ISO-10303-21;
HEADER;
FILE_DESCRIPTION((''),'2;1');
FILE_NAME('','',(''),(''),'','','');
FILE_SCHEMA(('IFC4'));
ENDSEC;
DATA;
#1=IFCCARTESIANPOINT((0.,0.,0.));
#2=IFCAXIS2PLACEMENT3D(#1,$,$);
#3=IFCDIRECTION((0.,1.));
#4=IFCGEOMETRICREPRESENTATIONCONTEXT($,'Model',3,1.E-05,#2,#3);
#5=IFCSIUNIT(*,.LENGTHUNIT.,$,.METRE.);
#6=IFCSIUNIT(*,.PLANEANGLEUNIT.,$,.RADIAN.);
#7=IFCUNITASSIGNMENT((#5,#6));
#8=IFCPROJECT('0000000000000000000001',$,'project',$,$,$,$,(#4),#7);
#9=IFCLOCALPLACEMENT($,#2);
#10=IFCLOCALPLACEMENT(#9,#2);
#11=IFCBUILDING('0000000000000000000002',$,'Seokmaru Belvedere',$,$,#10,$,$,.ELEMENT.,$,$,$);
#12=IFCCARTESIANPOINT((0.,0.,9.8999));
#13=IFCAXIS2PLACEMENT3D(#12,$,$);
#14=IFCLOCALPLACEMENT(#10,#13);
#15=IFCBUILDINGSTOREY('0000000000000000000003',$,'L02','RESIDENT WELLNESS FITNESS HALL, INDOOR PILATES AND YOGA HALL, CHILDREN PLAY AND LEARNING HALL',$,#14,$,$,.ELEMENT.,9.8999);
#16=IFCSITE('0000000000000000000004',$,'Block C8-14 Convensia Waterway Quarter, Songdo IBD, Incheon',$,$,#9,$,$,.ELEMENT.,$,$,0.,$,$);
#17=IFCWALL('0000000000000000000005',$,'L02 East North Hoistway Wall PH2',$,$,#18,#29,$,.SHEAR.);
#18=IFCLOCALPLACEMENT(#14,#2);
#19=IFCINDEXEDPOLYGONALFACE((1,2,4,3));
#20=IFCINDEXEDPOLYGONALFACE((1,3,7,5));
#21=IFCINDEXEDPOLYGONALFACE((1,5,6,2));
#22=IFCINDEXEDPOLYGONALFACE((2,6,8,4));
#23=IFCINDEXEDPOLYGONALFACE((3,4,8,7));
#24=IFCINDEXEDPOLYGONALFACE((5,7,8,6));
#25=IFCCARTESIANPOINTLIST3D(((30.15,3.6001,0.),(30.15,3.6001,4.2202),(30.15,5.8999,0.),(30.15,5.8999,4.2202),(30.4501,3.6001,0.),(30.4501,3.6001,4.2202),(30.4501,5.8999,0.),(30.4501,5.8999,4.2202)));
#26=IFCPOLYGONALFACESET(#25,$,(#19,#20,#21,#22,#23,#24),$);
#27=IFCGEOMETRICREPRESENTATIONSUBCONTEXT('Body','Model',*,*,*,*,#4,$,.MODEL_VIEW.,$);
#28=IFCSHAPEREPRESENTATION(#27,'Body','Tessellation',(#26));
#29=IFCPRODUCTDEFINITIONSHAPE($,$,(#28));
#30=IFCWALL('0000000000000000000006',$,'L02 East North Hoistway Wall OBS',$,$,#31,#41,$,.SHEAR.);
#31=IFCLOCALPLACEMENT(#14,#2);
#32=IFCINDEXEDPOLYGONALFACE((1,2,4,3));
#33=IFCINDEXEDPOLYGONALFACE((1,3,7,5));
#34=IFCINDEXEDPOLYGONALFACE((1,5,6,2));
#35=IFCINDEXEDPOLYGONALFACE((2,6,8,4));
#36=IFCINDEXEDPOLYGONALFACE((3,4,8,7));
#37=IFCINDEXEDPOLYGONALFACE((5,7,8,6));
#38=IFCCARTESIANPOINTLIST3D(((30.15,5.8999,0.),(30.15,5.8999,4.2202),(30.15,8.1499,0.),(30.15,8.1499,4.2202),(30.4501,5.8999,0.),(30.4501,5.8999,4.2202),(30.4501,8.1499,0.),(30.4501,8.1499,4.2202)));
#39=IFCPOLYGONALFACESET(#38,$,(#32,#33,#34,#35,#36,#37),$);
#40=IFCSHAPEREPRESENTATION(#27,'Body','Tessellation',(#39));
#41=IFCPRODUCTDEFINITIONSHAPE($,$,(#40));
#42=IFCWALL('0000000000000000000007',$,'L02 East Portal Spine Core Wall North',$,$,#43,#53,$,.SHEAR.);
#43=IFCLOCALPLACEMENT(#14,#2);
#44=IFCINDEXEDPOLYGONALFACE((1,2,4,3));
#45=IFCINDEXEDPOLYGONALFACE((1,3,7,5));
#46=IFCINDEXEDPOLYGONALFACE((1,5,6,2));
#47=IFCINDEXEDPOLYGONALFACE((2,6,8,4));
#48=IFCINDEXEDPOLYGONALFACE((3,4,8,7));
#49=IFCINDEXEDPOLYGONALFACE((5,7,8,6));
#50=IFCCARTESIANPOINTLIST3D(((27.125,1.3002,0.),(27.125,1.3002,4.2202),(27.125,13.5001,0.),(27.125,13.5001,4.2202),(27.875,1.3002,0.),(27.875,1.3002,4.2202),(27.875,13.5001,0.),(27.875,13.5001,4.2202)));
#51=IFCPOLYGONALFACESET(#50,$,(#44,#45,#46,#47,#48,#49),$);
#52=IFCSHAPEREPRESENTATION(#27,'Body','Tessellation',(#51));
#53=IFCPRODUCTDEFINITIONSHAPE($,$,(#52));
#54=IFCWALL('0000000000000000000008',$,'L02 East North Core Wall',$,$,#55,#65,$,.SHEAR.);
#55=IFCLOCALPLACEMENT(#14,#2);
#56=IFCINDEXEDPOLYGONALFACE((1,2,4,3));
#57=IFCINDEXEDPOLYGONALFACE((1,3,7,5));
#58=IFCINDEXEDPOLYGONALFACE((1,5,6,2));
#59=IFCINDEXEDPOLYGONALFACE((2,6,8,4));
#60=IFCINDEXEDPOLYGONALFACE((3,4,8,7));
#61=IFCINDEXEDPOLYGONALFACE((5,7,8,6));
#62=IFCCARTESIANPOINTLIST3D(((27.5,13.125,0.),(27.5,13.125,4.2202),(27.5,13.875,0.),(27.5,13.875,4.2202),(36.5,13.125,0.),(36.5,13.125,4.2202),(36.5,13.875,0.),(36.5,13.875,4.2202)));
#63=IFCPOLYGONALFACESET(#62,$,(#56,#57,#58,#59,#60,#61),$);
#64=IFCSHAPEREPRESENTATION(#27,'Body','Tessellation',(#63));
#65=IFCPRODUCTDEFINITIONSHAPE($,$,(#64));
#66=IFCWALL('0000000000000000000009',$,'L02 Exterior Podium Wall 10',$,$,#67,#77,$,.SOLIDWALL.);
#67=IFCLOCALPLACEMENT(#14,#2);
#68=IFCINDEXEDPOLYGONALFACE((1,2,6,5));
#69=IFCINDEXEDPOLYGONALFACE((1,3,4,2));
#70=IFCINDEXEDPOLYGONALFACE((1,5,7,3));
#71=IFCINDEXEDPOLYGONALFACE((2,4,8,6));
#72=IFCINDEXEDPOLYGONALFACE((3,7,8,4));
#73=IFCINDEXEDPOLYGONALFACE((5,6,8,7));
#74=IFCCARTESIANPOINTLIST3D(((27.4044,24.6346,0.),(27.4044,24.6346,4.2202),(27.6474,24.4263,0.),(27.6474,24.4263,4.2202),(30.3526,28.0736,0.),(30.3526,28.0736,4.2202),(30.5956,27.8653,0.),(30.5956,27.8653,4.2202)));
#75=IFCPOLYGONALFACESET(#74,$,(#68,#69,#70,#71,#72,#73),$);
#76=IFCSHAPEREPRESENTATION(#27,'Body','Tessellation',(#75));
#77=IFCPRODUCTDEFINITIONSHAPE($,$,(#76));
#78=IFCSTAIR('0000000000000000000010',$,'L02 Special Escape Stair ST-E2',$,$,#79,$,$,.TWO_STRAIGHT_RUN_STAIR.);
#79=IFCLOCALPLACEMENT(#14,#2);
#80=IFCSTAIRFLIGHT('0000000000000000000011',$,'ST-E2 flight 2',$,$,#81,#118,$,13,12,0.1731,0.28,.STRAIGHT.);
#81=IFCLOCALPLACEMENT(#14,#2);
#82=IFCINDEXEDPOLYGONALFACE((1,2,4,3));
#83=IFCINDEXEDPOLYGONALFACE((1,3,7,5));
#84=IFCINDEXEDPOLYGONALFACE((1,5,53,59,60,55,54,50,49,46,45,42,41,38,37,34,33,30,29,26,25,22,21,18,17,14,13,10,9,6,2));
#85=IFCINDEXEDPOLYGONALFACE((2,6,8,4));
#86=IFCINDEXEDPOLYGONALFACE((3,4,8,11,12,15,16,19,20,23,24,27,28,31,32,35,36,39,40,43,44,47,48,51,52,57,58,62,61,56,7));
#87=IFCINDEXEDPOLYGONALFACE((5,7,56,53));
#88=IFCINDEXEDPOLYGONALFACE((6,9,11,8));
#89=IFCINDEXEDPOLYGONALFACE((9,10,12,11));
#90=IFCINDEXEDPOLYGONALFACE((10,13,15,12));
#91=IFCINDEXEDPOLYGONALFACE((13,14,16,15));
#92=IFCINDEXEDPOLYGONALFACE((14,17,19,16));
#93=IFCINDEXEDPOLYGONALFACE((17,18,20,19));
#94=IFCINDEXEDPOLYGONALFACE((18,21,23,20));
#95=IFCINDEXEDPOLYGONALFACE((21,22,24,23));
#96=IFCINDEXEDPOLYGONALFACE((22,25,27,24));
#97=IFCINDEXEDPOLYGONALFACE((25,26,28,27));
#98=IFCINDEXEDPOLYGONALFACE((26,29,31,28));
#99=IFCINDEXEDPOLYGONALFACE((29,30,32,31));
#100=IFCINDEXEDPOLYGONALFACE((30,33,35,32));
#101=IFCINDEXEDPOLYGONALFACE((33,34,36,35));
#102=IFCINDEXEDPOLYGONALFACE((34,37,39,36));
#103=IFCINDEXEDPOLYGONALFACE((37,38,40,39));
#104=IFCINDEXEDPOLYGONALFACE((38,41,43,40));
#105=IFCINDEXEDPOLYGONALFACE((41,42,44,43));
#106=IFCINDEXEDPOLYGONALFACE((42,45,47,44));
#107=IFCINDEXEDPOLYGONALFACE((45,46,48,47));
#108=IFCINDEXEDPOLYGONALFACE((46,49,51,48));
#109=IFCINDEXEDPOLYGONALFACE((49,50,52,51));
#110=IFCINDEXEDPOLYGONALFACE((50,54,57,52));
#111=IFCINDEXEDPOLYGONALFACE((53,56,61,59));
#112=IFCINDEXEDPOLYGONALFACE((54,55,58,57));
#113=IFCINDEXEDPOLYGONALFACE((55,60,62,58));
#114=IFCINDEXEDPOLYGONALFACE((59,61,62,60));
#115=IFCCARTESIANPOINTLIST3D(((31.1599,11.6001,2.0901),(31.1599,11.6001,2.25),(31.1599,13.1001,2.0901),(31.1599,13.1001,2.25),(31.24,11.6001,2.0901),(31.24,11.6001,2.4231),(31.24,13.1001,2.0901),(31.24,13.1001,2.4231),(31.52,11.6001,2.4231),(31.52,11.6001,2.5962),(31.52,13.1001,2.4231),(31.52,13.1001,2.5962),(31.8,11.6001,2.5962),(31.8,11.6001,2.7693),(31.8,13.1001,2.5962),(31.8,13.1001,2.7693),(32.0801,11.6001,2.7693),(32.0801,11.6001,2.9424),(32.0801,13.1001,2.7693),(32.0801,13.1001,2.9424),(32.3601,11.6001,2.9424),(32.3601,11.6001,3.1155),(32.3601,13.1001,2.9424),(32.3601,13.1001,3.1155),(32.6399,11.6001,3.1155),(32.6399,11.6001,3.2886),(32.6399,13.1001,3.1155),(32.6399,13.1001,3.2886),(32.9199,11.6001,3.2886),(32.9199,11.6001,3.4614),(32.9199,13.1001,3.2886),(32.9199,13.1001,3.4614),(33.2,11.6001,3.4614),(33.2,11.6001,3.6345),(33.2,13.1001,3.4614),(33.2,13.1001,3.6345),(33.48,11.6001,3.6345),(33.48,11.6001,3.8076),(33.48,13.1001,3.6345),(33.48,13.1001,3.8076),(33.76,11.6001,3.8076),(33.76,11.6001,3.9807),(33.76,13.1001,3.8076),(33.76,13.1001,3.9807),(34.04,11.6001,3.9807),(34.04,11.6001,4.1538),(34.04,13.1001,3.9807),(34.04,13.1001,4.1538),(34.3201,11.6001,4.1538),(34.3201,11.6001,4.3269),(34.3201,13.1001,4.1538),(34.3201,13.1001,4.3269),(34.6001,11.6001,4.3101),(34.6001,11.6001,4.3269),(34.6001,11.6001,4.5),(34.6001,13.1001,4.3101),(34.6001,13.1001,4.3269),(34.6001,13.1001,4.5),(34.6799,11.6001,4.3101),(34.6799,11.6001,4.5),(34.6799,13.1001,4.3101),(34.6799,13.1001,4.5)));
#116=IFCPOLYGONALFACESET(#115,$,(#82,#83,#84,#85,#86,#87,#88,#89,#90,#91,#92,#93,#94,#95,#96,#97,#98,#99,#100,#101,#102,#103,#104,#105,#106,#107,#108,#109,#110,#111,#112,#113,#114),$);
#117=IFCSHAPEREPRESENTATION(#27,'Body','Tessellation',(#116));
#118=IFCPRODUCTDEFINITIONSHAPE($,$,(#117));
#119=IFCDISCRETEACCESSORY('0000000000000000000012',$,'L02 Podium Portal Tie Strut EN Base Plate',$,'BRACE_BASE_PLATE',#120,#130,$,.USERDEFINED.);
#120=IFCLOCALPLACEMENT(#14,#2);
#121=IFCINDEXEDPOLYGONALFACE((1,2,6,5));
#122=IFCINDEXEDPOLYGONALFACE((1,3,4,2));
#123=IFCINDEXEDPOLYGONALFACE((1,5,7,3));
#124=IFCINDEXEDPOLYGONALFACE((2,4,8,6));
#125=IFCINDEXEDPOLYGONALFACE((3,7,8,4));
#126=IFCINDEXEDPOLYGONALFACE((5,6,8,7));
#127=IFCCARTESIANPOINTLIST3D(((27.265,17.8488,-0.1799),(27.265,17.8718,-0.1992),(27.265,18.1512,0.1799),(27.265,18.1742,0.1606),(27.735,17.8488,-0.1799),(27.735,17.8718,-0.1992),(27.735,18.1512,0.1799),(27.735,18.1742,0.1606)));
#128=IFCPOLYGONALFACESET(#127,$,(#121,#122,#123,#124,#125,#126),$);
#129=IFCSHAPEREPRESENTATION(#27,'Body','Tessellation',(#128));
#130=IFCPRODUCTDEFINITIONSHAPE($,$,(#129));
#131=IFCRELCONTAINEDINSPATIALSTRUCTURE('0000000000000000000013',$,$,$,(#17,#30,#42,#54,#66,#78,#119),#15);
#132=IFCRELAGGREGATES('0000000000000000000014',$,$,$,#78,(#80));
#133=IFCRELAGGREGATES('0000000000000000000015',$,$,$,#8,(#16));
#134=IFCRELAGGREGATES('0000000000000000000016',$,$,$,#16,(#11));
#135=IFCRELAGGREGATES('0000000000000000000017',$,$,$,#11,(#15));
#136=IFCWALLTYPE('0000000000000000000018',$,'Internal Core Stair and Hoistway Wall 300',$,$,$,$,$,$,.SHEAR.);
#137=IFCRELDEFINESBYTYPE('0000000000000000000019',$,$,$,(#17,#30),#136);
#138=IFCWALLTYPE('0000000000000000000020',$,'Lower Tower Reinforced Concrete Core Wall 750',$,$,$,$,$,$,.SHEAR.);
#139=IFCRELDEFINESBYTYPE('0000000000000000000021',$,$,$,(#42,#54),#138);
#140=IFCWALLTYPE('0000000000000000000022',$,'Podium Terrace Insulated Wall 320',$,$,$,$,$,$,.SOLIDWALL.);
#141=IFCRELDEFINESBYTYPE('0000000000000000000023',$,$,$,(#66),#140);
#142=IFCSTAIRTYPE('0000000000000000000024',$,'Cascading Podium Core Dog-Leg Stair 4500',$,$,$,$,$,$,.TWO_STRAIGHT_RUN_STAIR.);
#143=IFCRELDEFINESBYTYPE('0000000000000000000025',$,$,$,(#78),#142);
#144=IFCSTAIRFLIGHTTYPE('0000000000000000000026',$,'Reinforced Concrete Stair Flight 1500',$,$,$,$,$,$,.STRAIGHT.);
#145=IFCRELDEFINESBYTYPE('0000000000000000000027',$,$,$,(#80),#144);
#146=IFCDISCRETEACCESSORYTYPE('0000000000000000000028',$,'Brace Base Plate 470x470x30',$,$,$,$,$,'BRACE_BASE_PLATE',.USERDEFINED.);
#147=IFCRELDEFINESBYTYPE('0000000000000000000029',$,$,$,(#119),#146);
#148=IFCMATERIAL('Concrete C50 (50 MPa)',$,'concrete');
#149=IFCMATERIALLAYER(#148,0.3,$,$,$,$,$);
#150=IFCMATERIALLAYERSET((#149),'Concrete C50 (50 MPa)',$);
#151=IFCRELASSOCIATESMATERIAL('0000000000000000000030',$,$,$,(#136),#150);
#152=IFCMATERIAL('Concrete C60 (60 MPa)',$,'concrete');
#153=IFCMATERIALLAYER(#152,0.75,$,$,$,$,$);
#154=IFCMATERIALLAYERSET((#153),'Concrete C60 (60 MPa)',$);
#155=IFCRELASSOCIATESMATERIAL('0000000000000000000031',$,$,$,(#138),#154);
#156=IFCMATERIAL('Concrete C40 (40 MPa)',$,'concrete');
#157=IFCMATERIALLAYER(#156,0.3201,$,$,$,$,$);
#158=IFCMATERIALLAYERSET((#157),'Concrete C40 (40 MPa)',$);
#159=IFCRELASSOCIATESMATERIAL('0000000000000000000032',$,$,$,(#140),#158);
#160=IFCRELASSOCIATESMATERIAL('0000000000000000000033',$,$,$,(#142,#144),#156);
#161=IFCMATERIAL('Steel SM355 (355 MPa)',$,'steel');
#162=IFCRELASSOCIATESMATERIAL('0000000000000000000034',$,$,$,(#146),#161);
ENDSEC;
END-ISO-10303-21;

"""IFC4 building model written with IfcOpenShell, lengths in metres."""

from ifc_helpers import new_model, si_unit, direction, frame, frame_2d, origin, origin_2d, place, context, subcontext, project, spatial, polyline, rectangle, outline, extrude, material, layer, layer_set, type_object, element, aggregate, save


model = new_model("IFC4")

# Units and contexts
model_context = context("Model", 3, precision=1e-05, world=origin(), true_north=direction((0.0, 1.0)))
body_context = subcontext(model_context, "Body", "Model", "MODEL_VIEW")
ifc_project = project(units=[si_unit("LENGTHUNIT", "METRE"), si_unit("PLANEANGLEUNIT", "RADIAN")], contexts=[model_context])

# Site, building, storey
site_placement = place(None, origin())
site = spatial("IfcSite", under=ifc_project, at=site_placement, Name="Block C8-14 Convensia Waterway Quarter, Songdo IBD, Incheon", CompositionType="ELEMENT", RefElevation=0.0)
building_placement = place(site_placement, origin())
building = spatial("IfcBuilding", under=site, at=building_placement, Name="Seokmaru Belvedere", CompositionType="ELEMENT")
storey_placement = place(building_placement, frame((0.0, 0.0, 9.8999)))
storey = spatial("IfcBuildingStorey", under=building, at=storey_placement, Name="L02", Description="RESIDENT WELLNESS FITNESS HALL, INDOOR PILATES AND YOGA HALL, CHILDREN PLAY AND LEARNING HALL", CompositionType="ELEMENT", Elevation=9.8999)

# Shared definitions
ifc_material_1 = material(Name="Steel SM355 (355 MPa)", Category="steel")
ifc_material_2 = material(Name="Concrete C50 (50 MPa)", Category="concrete")

# Shared definitions
ifc_layer_1 = layer(ifc_material_2, 0.3)
ifc_layer_set_1 = layer_set([ifc_layer_1], Name="Concrete C50 (50 MPa)")
wall_type_1 = type_object("IfcWallType", Name="Internal Core Stair and Hoistway Wall 300", PredefinedType="SHEAR", material=ifc_layer_set_1)

# Walls
wall_1_placement = place(storey_placement, frame((30.3, 3.6001, 0.0), z_axis=(0.0, 0.0, 1.0), x_axis=(0.0, 1.0, 0.0)))
element("IfcWall", 1, at=wall_1_placement, inside=storey, type_object=wall_type_1, Name="L02 East North Hoistway Wall PH2", PredefinedType="SHEAR", context=body_context, shape_type="SweptSolid", body=[
    extrude(rectangle(XDim=2.2998, YDim=0.3, at=frame_2d((1.1499, 0.0))), origin(), (0.0, 0.0, 1.0), 4.2202),
])
wall_2_placement = place(storey_placement, frame((30.3, 5.8999, 0.0), z_axis=(0.0, 0.0, 1.0), x_axis=(0.0, 1.0, 0.0)))
element("IfcWall", 2, at=wall_2_placement, inside=storey, type_object=wall_type_1, Name="L02 East North Hoistway Wall OBS", PredefinedType="SHEAR", context=body_context, shape_type="SweptSolid", body=[
    extrude(rectangle(XDim=2.25, YDim=0.3, at=frame_2d((1.125, 0.0))), origin(), (0.0, 0.0, 1.0), 4.2202),
])

# Walls
ifc_material_3 = material(Name="Concrete C60 (60 MPa)", Category="concrete")
ifc_layer_2 = layer(ifc_material_3, 0.75)
ifc_layer_set_2 = layer_set([ifc_layer_2], Name="Concrete C60 (60 MPa)")
wall_type_2 = type_object("IfcWallType", Name="Lower Tower Reinforced Concrete Core Wall 750", PredefinedType="SHEAR", material=ifc_layer_set_2)
wall_3_placement = place(storey_placement, frame((27.5, 1.3, 0.0), z_axis=(0.0, 0.0, 1.0), x_axis=(0.0, 1.0, 0.0)))
element("IfcWall", 3, at=wall_3_placement, inside=storey, type_object=wall_type_2, Name="L02 East Portal Spine Core Wall North", PredefinedType="SHEAR", context=body_context, shape_type="SweptSolid", body=[
    extrude(rectangle(XDim=12.2, YDim=0.75, at=frame_2d((6.1001, 0.0))), origin(), (0.0, 0.0, 1.0), 4.2202),
])
wall_4_placement = place(storey_placement, frame((27.5, 13.5, 0.0), z_axis=(0.0, 0.0, 1.0), x_axis=(1.0, 0.0, 0.0)))
element("IfcWall", 4, at=wall_4_placement, inside=storey, type_object=wall_type_2, Name="L02 East North Core Wall", PredefinedType="SHEAR", context=body_context, shape_type="SweptSolid", body=[
    extrude(rectangle(XDim=9.0, YDim=0.75, at=frame_2d((4.5, 0.0))), origin(), (0.0, 0.0, 1.0), 4.2202),
])
ifc_material_4 = material(Name="Concrete C40 (40 MPa)", Category="concrete")
ifc_layer_3 = layer(ifc_material_4, 0.3201)
ifc_layer_set_3 = layer_set([ifc_layer_3], Name="Concrete C40 (40 MPa)")
wall_type_3 = type_object("IfcWallType", Name="Podium Terrace Insulated Wall 320", PredefinedType="SOLIDWALL", material=ifc_layer_set_3)
wall_5_placement = place(storey_placement, frame((30.4741, 27.9695, 0.0), z_axis=(0.0, 0.0, 1.0), x_axis=(-0.650862, -0.759196, 0.0)))
element("IfcWall", 5, at=wall_5_placement, inside=storey, type_object=wall_type_3, Name="L02 Exterior Podium Wall 10", PredefinedType="SOLIDWALL", context=body_context, shape_type="SweptSolid", body=[
    extrude(rectangle(XDim=4.5298, YDim=0.3201, at=frame_2d((2.2649, 0.0))), origin(), (0.0, 0.0, 1.0), 4.2202),
])

# Stair, stair flight
stair_type = type_object("IfcStairType", Name="Cascading Podium Core Dog-Leg Stair 4500", PredefinedType="TWO_STRAIGHT_RUN_STAIR", material=ifc_material_4)
stair_placement = place(storey_placement, origin())
stair = element("IfcStair", 6, at=stair_placement, inside=storey, type_object=stair_type, Name="L02 Special Escape Stair ST-E2", PredefinedType="TWO_STRAIGHT_RUN_STAIR")
stair_flight_type = type_object("IfcStairFlightType", Name="Reinforced Concrete Stair Flight 1500", PredefinedType="STRAIGHT", material=ifc_material_4)
stair_flight_placement = place(storey_placement, frame((31.24, 12.3501, 2.25), z_axis=(0.0, 0.0, 1.0), x_axis=(1.0, 0.0, 0.0)))
stair_flight = element("IfcStairFlight", 7, at=stair_flight_placement, type_object=stair_flight_type, Name="ST-E2 flight 2", NumberOfRisers=13, NumberOfTreads=12, PredefinedType="STRAIGHT", RiserHeight=0.1731, TreadLength=0.28, context=body_context, shape_type="SweptSolid", body=[
    extrude(outline(polyline([(-0.0801, 0.0), (0.0, 0.1731), (0.28, 0.1731), (0.28, 0.3462), (0.5601, 0.3462), (0.5601, 0.5193), (0.8401, 0.5193), (0.8401, 0.6924), (1.1201, 0.6924), (1.1201, 0.8655), (1.3999, 0.8655), (1.3999, 1.0386), (1.6799, 1.0386), (1.6799, 1.2114), (1.96, 1.2114), (1.96, 1.3845), (2.24, 1.3845), (2.24, 1.5576), (2.52, 1.5576), (2.52, 1.7307), (2.8, 1.7307), (2.8, 1.9038), (3.0801, 1.9038), (3.0801, 2.0769), (3.3601, 2.0769), (3.3601, 2.25), (3.4399, 2.25), (3.4399, 2.0601), (3.3601, 2.0601), (0.0, -0.1599), (-0.0801, -0.1599), (-0.0801, 0.0)])), frame((0.0, 0.75, 0.0), z_axis=(0.0, -1.0, 0.0), x_axis=(1.0, 0.0, 0.0)), (0.0, 0.0, 1.0), 1.5),
])
aggregate(stair, [stair_flight])

# Discrete accessory
discrete_accessory_type = type_object("IfcDiscreteAccessoryType", Name="Brace Base Plate 470x470x30", ElementType="BRACE_BASE_PLATE", PredefinedType="USERDEFINED", material=ifc_material_1)
discrete_accessory_placement = place(storey_placement, frame((27.5, 18.0, 0.0), z_axis=(0.0, 0.765544, -0.643383), x_axis=(-1.0, 0.0, 0.0)))
element("IfcDiscreteAccessory", 8, at=discrete_accessory_placement, inside=storey, type_object=discrete_accessory_type, Name="L02 Podium Portal Tie Strut EN Base Plate", ObjectType="BRACE_BASE_PLATE", PredefinedType="USERDEFINED", context=body_context, shape_type="SweptSolid", body=[
    extrude(rectangle(XDim=0.47, YDim=0.47, at=origin_2d()), origin(), (0.0, 0.0, 1.0), 0.03),
])

save(model, "model.ifc")
